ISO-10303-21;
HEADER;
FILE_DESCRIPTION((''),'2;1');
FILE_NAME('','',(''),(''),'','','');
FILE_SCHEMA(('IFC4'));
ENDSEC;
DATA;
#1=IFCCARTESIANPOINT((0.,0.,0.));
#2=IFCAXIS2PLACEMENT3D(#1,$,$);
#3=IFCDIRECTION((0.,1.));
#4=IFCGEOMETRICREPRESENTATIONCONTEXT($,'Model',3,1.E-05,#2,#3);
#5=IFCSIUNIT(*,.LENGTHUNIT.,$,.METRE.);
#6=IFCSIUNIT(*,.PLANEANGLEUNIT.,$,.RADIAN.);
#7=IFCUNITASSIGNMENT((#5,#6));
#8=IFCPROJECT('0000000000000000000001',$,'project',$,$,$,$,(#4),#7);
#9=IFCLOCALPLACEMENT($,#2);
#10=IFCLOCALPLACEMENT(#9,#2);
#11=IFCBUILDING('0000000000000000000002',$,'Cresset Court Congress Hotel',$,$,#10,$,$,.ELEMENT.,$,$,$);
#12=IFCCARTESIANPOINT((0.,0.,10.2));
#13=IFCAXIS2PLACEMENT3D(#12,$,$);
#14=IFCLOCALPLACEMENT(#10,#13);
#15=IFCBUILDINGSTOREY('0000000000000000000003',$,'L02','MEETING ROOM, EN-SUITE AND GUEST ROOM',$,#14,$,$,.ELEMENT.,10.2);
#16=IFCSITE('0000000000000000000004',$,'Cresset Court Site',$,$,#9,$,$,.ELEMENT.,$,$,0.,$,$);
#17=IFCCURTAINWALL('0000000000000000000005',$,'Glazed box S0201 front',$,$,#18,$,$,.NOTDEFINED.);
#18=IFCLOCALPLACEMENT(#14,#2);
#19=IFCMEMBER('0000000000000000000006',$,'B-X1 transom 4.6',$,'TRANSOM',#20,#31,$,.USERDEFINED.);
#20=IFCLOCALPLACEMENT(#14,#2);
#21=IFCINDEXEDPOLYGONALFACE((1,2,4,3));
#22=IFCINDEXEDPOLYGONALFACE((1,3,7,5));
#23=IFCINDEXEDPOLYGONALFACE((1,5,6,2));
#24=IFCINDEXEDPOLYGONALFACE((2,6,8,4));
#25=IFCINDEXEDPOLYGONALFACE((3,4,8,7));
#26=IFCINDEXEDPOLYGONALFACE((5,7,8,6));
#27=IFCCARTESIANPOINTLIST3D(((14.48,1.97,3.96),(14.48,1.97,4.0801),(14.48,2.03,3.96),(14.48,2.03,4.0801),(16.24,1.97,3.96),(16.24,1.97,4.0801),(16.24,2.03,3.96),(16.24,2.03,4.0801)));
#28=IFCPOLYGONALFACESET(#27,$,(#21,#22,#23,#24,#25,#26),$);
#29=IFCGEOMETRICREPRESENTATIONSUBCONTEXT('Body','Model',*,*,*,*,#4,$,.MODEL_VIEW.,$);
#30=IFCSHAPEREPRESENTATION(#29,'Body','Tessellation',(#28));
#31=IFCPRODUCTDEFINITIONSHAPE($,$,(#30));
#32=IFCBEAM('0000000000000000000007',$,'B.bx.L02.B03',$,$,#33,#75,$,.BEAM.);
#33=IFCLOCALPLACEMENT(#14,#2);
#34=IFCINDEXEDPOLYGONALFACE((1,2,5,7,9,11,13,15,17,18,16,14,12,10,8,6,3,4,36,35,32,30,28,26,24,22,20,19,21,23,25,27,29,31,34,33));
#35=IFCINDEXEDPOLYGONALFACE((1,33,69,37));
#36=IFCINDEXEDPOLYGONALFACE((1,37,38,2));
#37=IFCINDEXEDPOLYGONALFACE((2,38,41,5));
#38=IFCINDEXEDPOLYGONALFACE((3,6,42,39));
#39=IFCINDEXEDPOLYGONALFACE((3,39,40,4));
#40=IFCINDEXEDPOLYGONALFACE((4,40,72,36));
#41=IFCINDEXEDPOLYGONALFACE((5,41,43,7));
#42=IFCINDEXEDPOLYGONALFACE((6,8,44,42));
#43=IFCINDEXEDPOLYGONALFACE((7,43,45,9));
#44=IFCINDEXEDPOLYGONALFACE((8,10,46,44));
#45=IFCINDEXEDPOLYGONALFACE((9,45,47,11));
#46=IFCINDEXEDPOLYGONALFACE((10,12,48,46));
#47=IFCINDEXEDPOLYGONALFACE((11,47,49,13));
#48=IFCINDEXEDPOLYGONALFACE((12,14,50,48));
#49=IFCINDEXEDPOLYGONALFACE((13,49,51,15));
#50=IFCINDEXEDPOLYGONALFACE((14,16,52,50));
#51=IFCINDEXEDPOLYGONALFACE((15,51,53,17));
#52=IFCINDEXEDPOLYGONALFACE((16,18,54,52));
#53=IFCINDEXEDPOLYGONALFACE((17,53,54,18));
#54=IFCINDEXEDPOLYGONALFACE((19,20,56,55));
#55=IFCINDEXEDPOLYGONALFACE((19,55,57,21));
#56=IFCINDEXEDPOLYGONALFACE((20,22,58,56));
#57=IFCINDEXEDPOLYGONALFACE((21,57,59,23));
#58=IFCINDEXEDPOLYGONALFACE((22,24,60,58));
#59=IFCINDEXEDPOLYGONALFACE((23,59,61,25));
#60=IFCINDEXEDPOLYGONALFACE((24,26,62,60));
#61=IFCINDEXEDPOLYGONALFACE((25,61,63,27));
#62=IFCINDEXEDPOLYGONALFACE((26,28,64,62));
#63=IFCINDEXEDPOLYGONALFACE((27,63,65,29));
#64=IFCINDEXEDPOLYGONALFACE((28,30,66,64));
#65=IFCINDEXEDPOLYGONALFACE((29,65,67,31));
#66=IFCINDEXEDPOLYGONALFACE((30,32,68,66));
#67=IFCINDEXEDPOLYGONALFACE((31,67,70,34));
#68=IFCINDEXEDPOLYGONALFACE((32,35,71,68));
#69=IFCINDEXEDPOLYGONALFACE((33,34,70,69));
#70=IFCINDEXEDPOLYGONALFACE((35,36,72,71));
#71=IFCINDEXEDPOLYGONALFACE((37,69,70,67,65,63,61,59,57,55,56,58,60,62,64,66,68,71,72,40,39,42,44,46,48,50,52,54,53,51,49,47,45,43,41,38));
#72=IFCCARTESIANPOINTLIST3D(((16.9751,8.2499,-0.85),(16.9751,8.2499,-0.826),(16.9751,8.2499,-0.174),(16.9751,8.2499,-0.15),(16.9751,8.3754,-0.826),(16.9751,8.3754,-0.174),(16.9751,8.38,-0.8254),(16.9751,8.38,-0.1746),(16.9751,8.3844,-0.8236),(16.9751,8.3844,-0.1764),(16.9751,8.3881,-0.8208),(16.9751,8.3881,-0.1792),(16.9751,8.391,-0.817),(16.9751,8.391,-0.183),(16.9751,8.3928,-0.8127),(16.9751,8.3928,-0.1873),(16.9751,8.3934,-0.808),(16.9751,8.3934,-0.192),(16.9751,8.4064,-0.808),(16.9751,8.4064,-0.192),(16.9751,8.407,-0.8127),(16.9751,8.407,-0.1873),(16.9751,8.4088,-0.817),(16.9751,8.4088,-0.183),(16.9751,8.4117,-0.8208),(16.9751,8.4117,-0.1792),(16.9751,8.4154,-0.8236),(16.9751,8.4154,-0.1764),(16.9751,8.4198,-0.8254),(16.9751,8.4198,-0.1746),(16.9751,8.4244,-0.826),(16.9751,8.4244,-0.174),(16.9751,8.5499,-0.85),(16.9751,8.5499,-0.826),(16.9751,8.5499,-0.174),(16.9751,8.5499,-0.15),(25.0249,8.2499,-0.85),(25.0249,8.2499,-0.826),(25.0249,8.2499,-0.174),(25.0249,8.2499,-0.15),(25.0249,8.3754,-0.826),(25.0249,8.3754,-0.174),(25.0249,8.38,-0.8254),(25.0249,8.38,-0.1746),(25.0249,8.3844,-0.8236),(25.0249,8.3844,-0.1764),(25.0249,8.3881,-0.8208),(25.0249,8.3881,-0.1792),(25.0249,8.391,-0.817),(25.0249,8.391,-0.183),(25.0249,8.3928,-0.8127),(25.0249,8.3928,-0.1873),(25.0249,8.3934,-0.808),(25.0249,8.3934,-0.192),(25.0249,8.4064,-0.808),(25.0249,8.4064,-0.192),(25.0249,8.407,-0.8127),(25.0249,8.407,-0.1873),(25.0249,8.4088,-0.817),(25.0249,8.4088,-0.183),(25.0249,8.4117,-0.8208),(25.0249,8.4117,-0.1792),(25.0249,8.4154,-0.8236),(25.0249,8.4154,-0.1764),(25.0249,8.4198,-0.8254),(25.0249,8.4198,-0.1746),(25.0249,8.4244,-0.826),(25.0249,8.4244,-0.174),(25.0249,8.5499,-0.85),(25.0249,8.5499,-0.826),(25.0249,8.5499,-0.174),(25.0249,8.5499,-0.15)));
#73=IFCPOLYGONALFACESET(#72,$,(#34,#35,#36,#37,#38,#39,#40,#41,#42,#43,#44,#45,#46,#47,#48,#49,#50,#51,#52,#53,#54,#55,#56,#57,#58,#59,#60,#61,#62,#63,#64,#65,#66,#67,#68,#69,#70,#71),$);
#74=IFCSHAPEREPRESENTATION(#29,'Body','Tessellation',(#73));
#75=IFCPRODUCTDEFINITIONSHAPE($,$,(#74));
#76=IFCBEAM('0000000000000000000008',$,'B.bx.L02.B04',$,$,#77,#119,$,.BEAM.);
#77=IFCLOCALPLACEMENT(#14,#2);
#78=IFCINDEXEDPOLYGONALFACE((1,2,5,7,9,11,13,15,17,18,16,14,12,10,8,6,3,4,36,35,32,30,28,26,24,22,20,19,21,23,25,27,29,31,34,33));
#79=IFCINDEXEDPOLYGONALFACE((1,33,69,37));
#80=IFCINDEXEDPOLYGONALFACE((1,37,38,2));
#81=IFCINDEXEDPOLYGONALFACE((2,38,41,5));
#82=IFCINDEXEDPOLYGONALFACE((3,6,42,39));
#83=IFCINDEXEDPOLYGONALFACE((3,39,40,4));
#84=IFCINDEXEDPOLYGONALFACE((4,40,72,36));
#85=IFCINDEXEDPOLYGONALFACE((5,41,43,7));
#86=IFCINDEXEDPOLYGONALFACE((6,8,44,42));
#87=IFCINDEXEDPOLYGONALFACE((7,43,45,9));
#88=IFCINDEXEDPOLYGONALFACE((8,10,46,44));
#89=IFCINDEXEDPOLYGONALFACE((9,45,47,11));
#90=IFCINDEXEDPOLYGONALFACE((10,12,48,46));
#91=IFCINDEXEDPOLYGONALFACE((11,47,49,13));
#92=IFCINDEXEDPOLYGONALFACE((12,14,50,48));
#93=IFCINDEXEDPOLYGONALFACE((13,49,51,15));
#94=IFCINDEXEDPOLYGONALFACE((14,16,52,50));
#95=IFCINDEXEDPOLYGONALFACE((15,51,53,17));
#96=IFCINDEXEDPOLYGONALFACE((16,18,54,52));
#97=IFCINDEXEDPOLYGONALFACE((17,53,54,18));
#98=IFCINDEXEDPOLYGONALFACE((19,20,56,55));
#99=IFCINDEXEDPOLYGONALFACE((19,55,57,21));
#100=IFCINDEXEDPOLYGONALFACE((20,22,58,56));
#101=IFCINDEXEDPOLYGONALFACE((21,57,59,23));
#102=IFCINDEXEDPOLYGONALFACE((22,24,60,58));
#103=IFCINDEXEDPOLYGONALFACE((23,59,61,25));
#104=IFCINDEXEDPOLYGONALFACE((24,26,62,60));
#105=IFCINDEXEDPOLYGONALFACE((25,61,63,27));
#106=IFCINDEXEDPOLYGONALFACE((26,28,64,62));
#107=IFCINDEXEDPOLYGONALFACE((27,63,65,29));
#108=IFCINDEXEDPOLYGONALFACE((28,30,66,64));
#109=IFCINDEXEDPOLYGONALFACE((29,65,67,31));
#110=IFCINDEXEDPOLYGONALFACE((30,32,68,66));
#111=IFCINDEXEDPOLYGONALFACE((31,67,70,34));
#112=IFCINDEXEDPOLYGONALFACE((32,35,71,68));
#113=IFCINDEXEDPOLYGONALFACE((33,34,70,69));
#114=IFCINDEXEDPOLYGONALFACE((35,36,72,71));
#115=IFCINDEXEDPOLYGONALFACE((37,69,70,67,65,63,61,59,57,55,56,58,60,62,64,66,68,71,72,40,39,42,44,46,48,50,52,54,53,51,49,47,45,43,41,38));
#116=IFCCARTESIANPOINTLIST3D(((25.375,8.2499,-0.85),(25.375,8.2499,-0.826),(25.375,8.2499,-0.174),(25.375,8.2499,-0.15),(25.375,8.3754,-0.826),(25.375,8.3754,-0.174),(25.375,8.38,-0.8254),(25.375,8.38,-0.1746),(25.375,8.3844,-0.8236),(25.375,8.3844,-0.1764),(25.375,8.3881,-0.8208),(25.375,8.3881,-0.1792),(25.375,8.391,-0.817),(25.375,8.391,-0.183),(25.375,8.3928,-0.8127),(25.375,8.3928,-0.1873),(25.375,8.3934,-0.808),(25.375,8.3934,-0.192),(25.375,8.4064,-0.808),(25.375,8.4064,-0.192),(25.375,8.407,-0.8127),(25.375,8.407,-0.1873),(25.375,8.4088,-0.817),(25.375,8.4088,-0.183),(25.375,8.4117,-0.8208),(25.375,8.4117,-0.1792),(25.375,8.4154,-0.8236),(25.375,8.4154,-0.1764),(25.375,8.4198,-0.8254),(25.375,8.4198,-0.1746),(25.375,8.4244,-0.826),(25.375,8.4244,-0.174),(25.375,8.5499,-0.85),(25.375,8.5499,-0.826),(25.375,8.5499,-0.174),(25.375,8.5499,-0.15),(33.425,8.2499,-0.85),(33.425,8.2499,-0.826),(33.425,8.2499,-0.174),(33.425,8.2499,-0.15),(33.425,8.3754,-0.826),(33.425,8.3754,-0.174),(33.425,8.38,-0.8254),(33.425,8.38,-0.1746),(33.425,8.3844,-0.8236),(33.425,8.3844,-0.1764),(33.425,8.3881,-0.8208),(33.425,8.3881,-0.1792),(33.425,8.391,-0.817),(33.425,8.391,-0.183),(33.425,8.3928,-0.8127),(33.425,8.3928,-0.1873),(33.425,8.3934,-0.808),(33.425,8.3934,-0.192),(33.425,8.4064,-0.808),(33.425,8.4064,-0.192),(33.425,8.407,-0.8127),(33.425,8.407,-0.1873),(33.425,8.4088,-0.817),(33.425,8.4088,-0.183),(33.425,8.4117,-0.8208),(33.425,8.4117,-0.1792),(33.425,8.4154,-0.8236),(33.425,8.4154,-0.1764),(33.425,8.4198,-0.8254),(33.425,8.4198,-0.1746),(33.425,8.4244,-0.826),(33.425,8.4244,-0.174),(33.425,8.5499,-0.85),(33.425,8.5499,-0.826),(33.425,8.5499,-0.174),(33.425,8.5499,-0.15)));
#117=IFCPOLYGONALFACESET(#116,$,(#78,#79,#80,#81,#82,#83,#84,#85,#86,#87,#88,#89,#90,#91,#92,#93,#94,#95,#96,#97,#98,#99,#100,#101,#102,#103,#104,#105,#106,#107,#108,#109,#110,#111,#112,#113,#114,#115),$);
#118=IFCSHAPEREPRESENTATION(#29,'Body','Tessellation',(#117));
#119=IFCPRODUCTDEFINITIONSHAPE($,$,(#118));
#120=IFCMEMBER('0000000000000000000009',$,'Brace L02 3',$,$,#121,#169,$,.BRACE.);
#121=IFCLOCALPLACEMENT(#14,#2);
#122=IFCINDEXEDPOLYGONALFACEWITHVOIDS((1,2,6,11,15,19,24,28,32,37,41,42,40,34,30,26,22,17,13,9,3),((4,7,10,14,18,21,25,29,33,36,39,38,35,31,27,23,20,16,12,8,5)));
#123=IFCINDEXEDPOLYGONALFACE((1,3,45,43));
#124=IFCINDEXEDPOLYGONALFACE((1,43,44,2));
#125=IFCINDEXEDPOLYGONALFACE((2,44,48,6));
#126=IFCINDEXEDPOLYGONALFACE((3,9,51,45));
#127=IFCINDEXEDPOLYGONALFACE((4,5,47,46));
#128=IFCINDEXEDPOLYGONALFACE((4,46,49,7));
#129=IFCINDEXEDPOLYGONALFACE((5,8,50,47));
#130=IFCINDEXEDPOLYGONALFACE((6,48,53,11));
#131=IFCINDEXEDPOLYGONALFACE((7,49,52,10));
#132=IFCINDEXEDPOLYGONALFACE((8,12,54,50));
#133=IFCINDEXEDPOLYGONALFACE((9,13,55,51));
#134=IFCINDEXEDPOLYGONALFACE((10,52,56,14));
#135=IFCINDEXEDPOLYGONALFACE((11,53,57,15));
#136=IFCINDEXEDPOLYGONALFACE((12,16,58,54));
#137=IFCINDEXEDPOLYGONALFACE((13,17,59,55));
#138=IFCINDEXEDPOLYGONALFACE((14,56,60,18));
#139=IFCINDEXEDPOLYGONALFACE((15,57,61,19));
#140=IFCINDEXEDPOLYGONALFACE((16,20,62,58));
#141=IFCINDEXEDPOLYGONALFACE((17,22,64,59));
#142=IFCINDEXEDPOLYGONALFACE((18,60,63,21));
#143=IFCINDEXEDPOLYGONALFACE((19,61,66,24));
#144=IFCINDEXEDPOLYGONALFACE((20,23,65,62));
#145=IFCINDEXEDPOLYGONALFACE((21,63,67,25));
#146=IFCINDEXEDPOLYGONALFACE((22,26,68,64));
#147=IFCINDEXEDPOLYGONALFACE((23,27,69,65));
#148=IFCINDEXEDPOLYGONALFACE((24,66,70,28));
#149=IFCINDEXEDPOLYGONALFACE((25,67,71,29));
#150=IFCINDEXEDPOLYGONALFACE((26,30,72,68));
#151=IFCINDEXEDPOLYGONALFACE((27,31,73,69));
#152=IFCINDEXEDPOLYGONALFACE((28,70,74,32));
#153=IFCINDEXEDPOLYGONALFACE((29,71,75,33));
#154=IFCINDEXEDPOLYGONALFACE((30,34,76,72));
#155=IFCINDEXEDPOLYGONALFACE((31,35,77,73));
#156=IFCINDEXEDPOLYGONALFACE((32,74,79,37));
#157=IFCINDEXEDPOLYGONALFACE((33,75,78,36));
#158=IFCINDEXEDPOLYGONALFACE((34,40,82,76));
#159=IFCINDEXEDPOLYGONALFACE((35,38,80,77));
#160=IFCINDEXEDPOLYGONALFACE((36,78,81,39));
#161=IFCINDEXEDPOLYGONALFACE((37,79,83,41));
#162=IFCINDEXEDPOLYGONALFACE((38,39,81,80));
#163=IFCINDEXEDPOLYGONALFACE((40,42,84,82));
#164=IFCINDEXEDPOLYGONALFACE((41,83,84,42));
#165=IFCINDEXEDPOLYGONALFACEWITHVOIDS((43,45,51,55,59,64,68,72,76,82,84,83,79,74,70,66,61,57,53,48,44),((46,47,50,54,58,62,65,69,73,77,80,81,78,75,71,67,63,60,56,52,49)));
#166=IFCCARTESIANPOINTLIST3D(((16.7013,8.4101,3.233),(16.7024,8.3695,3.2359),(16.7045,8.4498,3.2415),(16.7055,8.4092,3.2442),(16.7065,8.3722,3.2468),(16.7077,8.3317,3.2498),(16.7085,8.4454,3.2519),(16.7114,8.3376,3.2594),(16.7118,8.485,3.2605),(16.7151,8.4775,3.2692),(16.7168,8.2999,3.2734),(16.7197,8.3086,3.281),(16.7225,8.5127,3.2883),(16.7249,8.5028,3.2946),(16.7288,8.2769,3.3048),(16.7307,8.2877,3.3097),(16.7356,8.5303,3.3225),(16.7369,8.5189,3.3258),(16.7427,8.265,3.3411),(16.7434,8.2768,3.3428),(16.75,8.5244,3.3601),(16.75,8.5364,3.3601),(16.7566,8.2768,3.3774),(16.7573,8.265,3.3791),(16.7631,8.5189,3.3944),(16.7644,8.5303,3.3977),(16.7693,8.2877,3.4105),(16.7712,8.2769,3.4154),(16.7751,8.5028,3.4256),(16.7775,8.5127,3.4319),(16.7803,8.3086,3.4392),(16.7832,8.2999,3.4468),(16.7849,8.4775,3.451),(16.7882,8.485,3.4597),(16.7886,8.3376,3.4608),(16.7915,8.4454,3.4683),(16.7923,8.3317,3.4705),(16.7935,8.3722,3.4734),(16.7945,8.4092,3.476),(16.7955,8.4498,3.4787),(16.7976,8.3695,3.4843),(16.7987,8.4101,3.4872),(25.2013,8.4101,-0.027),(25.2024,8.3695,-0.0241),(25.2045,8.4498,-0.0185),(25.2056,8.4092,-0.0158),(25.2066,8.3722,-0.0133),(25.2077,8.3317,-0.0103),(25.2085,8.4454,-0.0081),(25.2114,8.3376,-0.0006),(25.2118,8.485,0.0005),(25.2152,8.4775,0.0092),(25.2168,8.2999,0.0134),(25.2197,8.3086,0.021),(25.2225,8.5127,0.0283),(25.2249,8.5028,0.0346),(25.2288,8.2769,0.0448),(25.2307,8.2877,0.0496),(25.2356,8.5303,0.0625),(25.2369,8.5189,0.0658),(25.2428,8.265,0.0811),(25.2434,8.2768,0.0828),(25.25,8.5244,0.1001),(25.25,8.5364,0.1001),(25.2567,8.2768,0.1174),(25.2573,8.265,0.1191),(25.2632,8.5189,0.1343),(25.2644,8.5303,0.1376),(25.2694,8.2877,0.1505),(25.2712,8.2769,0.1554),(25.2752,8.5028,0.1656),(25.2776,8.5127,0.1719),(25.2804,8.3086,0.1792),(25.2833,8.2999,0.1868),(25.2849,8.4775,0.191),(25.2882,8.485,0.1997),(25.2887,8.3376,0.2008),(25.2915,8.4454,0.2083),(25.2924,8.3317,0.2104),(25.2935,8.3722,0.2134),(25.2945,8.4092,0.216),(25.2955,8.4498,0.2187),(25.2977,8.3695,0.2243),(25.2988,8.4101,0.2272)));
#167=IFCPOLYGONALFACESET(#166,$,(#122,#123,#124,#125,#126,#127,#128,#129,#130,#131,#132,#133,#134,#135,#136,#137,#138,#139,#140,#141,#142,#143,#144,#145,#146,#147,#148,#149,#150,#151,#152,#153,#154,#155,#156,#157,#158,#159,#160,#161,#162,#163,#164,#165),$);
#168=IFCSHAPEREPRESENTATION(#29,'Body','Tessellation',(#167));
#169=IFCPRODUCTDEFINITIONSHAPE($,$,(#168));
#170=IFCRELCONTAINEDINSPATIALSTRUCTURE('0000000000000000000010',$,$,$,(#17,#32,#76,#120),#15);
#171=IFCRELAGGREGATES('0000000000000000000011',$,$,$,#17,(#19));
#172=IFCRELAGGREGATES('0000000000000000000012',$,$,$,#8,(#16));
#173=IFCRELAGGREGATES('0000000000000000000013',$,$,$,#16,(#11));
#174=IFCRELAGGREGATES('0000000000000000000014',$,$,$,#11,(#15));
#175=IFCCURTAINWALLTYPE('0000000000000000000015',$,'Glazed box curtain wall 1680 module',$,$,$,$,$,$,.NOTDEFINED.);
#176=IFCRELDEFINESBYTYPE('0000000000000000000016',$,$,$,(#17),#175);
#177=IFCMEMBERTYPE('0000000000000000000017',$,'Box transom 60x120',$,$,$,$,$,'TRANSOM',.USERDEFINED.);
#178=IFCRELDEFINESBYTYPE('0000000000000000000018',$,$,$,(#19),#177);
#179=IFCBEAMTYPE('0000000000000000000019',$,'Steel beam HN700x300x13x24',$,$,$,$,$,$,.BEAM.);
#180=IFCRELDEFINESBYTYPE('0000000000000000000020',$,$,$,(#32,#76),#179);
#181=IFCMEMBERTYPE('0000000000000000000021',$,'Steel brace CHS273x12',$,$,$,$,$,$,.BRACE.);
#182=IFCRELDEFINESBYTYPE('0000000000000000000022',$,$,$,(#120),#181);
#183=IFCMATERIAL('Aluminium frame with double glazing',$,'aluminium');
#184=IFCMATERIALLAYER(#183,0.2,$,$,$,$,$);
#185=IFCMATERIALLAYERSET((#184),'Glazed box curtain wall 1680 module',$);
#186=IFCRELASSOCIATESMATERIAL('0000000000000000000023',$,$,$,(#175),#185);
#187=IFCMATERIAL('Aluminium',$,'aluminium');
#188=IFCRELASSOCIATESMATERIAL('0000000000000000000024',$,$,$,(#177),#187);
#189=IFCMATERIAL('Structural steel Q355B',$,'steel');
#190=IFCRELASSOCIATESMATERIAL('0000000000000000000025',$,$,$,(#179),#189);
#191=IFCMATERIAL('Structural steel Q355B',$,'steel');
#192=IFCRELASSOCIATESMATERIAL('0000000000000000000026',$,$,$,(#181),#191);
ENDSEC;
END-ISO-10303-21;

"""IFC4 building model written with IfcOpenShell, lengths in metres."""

from ifc_helpers import new_model, si_unit, direction, frame, origin, origin_2d, place, context, subcontext, project, spatial, rectangle, hollow_circle, i_section, extrude, material, layer, layer_set, material_profile, profile_set, type_object, element, aggregate, save


model = new_model("IFC4")

# Units and contexts
model_context = context("Model", 3, precision=1e-05, world=origin(), true_north=direction((0.0, 1.0)))
body_context = subcontext(model_context, "Body", "Model", "MODEL_VIEW")
ifc_project = project(units=[si_unit("LENGTHUNIT", "METRE"), si_unit("PLANEANGLEUNIT", "RADIAN")], contexts=[model_context])

# Site, building, storey
site_placement = place(None, origin())
site = spatial("IfcSite", under=ifc_project, at=site_placement, Name="Cresset Court Site", CompositionType="ELEMENT", RefElevation=0.0)
building_placement = place(site_placement, origin())
building = spatial("IfcBuilding", under=site, at=building_placement, Name="Cresset Court Congress Hotel", CompositionType="ELEMENT")
storey_placement = place(building_placement, frame((0.0, 0.0, 10.2)))
storey = spatial("IfcBuildingStorey", under=building, at=storey_placement, Name="L02", Description="MEETING ROOM, EN-SUITE AND GUEST ROOM", CompositionType="ELEMENT", Elevation=10.2)

# Curtain wall, member
ifc_material_1 = material(Name="Aluminium frame with double glazing", Category="aluminium")
ifc_layer_1 = layer(ifc_material_1, 0.2)
ifc_layer_set_1 = layer_set([ifc_layer_1], Name="Glazed box curtain wall 1680 module")
curtain_wall_type = type_object("IfcCurtainWallType", Name="Glazed box curtain wall 1680 module", PredefinedType="NOTDEFINED", material=ifc_layer_set_1)
curtain_wall_placement = place(storey_placement, origin())
curtain_wall = element("IfcCurtainWall", 1, at=curtain_wall_placement, inside=storey, type_object=curtain_wall_type, Name="Glazed box S0201 front", PredefinedType="NOTDEFINED")
ifc_material_2 = material(Name="Aluminium", Category="aluminium")
ifc_material_profile_1 = material_profile(ifc_material_2, rectangle(XDim=0.0601, YDim=0.1201, at=origin_2d()), Name="Box transom 60x120")
ifc_profile_set_1 = profile_set([ifc_material_profile_1], Name="Aluminium")
member_type_1 = type_object("IfcMemberType", Name="Box transom 60x120", ElementType="TRANSOM", PredefinedType="USERDEFINED", material=ifc_profile_set_1)
member_1_placement = place(storey_placement, frame((14.48, 2.0, 4.02), z_axis=(1.0, 0.0, 0.0), x_axis=(0.0, 1.0, 0.0)))
member_1 = element("IfcMember", 2, at=member_1_placement, type_object=member_type_1, Name="B-X1 transom 4.6", ObjectType="TRANSOM", PredefinedType="USERDEFINED", context=body_context, shape_type="SweptSolid", body=[
    extrude(rectangle(XDim=0.0601, YDim=0.1201, at=origin_2d()), origin(), (0.0, 0.0, 1.0), 1.76),
])

# Beams
ifc_material_3 = material(Name="Structural steel Q355B", Category="steel")
ifc_material_profile_2 = material_profile(ifc_material_3, i_section(OverallWidth=0.3, OverallDepth=0.7, WebThickness=0.0129, FlangeThickness=0.0239, FilletRadius=0.0181, at=origin_2d()), Name="HN700x300x13x24")
ifc_profile_set_2 = profile_set([ifc_material_profile_2], Name="Structural steel Q355B")
beam_type_1 = type_object("IfcBeamType", Name="Steel beam HN700x300x13x24", PredefinedType="BEAM", material=ifc_profile_set_2)
beam_1_placement = place(storey_placement, frame((16.9751, 8.3999, -0.5), z_axis=(1.0, 0.0, 0.0), x_axis=(0.0, 1.0, 0.0)))
element("IfcBeam", 3, at=beam_1_placement, inside=storey, type_object=beam_type_1, Name="B.bx.L02.B03", PredefinedType="BEAM", context=body_context, shape_type="SweptSolid", body=[
    extrude(i_section(OverallWidth=0.3, OverallDepth=0.7, WebThickness=0.0129, FlangeThickness=0.0239, FilletRadius=0.0181, at=origin_2d()), origin(), (0.0, 0.0, 1.0), 8.0498),
])
beam_2_placement = place(storey_placement, frame((25.375, 8.3999, -0.5), z_axis=(1.0, 0.0, 0.0), x_axis=(0.0, 1.0, 0.0)))
element("IfcBeam", 4, at=beam_2_placement, inside=storey, type_object=beam_type_1, Name="B.bx.L02.B04", PredefinedType="BEAM", context=body_context, shape_type="SweptSolid", body=[
    extrude(i_section(OverallWidth=0.3, OverallDepth=0.7, WebThickness=0.0129, FlangeThickness=0.0239, FilletRadius=0.0181, at=origin_2d()), origin(), (0.0, 0.0, 1.0), 8.05),
])

# Member
ifc_material_4 = material(Name="Structural steel Q355B", Category="steel")
ifc_material_profile_3 = material_profile(ifc_material_4, hollow_circle(Radius=0.1365, WallThickness=0.012, at=origin_2d()), Name="CHS273x12")
ifc_profile_set_3 = profile_set([ifc_material_profile_3], Name="Structural steel Q355B")
member_type_2 = type_object("IfcMemberType", Name="Steel brace CHS273x12", PredefinedType="BRACE", material=ifc_profile_set_3)
member_2_placement = place(storey_placement, frame((16.75, 8.3999, 3.3601), z_axis=(0.933685, 0.0, -0.358097), x_axis=(0.0, 1.0, 0.0)))
element("IfcMember", 5, at=member_2_placement, inside=storey, type_object=member_type_2, Name="Brace L02 3", PredefinedType="BRACE", context=body_context, shape_type="SweptSolid", body=[
    extrude(hollow_circle(Radius=0.1365, WallThickness=0.012, at=origin_2d()), origin(), (0.0, 0.0, 1.0), 9.1038),
])

aggregate(curtain_wall, [member_1])

save(model, "model.ifc")
